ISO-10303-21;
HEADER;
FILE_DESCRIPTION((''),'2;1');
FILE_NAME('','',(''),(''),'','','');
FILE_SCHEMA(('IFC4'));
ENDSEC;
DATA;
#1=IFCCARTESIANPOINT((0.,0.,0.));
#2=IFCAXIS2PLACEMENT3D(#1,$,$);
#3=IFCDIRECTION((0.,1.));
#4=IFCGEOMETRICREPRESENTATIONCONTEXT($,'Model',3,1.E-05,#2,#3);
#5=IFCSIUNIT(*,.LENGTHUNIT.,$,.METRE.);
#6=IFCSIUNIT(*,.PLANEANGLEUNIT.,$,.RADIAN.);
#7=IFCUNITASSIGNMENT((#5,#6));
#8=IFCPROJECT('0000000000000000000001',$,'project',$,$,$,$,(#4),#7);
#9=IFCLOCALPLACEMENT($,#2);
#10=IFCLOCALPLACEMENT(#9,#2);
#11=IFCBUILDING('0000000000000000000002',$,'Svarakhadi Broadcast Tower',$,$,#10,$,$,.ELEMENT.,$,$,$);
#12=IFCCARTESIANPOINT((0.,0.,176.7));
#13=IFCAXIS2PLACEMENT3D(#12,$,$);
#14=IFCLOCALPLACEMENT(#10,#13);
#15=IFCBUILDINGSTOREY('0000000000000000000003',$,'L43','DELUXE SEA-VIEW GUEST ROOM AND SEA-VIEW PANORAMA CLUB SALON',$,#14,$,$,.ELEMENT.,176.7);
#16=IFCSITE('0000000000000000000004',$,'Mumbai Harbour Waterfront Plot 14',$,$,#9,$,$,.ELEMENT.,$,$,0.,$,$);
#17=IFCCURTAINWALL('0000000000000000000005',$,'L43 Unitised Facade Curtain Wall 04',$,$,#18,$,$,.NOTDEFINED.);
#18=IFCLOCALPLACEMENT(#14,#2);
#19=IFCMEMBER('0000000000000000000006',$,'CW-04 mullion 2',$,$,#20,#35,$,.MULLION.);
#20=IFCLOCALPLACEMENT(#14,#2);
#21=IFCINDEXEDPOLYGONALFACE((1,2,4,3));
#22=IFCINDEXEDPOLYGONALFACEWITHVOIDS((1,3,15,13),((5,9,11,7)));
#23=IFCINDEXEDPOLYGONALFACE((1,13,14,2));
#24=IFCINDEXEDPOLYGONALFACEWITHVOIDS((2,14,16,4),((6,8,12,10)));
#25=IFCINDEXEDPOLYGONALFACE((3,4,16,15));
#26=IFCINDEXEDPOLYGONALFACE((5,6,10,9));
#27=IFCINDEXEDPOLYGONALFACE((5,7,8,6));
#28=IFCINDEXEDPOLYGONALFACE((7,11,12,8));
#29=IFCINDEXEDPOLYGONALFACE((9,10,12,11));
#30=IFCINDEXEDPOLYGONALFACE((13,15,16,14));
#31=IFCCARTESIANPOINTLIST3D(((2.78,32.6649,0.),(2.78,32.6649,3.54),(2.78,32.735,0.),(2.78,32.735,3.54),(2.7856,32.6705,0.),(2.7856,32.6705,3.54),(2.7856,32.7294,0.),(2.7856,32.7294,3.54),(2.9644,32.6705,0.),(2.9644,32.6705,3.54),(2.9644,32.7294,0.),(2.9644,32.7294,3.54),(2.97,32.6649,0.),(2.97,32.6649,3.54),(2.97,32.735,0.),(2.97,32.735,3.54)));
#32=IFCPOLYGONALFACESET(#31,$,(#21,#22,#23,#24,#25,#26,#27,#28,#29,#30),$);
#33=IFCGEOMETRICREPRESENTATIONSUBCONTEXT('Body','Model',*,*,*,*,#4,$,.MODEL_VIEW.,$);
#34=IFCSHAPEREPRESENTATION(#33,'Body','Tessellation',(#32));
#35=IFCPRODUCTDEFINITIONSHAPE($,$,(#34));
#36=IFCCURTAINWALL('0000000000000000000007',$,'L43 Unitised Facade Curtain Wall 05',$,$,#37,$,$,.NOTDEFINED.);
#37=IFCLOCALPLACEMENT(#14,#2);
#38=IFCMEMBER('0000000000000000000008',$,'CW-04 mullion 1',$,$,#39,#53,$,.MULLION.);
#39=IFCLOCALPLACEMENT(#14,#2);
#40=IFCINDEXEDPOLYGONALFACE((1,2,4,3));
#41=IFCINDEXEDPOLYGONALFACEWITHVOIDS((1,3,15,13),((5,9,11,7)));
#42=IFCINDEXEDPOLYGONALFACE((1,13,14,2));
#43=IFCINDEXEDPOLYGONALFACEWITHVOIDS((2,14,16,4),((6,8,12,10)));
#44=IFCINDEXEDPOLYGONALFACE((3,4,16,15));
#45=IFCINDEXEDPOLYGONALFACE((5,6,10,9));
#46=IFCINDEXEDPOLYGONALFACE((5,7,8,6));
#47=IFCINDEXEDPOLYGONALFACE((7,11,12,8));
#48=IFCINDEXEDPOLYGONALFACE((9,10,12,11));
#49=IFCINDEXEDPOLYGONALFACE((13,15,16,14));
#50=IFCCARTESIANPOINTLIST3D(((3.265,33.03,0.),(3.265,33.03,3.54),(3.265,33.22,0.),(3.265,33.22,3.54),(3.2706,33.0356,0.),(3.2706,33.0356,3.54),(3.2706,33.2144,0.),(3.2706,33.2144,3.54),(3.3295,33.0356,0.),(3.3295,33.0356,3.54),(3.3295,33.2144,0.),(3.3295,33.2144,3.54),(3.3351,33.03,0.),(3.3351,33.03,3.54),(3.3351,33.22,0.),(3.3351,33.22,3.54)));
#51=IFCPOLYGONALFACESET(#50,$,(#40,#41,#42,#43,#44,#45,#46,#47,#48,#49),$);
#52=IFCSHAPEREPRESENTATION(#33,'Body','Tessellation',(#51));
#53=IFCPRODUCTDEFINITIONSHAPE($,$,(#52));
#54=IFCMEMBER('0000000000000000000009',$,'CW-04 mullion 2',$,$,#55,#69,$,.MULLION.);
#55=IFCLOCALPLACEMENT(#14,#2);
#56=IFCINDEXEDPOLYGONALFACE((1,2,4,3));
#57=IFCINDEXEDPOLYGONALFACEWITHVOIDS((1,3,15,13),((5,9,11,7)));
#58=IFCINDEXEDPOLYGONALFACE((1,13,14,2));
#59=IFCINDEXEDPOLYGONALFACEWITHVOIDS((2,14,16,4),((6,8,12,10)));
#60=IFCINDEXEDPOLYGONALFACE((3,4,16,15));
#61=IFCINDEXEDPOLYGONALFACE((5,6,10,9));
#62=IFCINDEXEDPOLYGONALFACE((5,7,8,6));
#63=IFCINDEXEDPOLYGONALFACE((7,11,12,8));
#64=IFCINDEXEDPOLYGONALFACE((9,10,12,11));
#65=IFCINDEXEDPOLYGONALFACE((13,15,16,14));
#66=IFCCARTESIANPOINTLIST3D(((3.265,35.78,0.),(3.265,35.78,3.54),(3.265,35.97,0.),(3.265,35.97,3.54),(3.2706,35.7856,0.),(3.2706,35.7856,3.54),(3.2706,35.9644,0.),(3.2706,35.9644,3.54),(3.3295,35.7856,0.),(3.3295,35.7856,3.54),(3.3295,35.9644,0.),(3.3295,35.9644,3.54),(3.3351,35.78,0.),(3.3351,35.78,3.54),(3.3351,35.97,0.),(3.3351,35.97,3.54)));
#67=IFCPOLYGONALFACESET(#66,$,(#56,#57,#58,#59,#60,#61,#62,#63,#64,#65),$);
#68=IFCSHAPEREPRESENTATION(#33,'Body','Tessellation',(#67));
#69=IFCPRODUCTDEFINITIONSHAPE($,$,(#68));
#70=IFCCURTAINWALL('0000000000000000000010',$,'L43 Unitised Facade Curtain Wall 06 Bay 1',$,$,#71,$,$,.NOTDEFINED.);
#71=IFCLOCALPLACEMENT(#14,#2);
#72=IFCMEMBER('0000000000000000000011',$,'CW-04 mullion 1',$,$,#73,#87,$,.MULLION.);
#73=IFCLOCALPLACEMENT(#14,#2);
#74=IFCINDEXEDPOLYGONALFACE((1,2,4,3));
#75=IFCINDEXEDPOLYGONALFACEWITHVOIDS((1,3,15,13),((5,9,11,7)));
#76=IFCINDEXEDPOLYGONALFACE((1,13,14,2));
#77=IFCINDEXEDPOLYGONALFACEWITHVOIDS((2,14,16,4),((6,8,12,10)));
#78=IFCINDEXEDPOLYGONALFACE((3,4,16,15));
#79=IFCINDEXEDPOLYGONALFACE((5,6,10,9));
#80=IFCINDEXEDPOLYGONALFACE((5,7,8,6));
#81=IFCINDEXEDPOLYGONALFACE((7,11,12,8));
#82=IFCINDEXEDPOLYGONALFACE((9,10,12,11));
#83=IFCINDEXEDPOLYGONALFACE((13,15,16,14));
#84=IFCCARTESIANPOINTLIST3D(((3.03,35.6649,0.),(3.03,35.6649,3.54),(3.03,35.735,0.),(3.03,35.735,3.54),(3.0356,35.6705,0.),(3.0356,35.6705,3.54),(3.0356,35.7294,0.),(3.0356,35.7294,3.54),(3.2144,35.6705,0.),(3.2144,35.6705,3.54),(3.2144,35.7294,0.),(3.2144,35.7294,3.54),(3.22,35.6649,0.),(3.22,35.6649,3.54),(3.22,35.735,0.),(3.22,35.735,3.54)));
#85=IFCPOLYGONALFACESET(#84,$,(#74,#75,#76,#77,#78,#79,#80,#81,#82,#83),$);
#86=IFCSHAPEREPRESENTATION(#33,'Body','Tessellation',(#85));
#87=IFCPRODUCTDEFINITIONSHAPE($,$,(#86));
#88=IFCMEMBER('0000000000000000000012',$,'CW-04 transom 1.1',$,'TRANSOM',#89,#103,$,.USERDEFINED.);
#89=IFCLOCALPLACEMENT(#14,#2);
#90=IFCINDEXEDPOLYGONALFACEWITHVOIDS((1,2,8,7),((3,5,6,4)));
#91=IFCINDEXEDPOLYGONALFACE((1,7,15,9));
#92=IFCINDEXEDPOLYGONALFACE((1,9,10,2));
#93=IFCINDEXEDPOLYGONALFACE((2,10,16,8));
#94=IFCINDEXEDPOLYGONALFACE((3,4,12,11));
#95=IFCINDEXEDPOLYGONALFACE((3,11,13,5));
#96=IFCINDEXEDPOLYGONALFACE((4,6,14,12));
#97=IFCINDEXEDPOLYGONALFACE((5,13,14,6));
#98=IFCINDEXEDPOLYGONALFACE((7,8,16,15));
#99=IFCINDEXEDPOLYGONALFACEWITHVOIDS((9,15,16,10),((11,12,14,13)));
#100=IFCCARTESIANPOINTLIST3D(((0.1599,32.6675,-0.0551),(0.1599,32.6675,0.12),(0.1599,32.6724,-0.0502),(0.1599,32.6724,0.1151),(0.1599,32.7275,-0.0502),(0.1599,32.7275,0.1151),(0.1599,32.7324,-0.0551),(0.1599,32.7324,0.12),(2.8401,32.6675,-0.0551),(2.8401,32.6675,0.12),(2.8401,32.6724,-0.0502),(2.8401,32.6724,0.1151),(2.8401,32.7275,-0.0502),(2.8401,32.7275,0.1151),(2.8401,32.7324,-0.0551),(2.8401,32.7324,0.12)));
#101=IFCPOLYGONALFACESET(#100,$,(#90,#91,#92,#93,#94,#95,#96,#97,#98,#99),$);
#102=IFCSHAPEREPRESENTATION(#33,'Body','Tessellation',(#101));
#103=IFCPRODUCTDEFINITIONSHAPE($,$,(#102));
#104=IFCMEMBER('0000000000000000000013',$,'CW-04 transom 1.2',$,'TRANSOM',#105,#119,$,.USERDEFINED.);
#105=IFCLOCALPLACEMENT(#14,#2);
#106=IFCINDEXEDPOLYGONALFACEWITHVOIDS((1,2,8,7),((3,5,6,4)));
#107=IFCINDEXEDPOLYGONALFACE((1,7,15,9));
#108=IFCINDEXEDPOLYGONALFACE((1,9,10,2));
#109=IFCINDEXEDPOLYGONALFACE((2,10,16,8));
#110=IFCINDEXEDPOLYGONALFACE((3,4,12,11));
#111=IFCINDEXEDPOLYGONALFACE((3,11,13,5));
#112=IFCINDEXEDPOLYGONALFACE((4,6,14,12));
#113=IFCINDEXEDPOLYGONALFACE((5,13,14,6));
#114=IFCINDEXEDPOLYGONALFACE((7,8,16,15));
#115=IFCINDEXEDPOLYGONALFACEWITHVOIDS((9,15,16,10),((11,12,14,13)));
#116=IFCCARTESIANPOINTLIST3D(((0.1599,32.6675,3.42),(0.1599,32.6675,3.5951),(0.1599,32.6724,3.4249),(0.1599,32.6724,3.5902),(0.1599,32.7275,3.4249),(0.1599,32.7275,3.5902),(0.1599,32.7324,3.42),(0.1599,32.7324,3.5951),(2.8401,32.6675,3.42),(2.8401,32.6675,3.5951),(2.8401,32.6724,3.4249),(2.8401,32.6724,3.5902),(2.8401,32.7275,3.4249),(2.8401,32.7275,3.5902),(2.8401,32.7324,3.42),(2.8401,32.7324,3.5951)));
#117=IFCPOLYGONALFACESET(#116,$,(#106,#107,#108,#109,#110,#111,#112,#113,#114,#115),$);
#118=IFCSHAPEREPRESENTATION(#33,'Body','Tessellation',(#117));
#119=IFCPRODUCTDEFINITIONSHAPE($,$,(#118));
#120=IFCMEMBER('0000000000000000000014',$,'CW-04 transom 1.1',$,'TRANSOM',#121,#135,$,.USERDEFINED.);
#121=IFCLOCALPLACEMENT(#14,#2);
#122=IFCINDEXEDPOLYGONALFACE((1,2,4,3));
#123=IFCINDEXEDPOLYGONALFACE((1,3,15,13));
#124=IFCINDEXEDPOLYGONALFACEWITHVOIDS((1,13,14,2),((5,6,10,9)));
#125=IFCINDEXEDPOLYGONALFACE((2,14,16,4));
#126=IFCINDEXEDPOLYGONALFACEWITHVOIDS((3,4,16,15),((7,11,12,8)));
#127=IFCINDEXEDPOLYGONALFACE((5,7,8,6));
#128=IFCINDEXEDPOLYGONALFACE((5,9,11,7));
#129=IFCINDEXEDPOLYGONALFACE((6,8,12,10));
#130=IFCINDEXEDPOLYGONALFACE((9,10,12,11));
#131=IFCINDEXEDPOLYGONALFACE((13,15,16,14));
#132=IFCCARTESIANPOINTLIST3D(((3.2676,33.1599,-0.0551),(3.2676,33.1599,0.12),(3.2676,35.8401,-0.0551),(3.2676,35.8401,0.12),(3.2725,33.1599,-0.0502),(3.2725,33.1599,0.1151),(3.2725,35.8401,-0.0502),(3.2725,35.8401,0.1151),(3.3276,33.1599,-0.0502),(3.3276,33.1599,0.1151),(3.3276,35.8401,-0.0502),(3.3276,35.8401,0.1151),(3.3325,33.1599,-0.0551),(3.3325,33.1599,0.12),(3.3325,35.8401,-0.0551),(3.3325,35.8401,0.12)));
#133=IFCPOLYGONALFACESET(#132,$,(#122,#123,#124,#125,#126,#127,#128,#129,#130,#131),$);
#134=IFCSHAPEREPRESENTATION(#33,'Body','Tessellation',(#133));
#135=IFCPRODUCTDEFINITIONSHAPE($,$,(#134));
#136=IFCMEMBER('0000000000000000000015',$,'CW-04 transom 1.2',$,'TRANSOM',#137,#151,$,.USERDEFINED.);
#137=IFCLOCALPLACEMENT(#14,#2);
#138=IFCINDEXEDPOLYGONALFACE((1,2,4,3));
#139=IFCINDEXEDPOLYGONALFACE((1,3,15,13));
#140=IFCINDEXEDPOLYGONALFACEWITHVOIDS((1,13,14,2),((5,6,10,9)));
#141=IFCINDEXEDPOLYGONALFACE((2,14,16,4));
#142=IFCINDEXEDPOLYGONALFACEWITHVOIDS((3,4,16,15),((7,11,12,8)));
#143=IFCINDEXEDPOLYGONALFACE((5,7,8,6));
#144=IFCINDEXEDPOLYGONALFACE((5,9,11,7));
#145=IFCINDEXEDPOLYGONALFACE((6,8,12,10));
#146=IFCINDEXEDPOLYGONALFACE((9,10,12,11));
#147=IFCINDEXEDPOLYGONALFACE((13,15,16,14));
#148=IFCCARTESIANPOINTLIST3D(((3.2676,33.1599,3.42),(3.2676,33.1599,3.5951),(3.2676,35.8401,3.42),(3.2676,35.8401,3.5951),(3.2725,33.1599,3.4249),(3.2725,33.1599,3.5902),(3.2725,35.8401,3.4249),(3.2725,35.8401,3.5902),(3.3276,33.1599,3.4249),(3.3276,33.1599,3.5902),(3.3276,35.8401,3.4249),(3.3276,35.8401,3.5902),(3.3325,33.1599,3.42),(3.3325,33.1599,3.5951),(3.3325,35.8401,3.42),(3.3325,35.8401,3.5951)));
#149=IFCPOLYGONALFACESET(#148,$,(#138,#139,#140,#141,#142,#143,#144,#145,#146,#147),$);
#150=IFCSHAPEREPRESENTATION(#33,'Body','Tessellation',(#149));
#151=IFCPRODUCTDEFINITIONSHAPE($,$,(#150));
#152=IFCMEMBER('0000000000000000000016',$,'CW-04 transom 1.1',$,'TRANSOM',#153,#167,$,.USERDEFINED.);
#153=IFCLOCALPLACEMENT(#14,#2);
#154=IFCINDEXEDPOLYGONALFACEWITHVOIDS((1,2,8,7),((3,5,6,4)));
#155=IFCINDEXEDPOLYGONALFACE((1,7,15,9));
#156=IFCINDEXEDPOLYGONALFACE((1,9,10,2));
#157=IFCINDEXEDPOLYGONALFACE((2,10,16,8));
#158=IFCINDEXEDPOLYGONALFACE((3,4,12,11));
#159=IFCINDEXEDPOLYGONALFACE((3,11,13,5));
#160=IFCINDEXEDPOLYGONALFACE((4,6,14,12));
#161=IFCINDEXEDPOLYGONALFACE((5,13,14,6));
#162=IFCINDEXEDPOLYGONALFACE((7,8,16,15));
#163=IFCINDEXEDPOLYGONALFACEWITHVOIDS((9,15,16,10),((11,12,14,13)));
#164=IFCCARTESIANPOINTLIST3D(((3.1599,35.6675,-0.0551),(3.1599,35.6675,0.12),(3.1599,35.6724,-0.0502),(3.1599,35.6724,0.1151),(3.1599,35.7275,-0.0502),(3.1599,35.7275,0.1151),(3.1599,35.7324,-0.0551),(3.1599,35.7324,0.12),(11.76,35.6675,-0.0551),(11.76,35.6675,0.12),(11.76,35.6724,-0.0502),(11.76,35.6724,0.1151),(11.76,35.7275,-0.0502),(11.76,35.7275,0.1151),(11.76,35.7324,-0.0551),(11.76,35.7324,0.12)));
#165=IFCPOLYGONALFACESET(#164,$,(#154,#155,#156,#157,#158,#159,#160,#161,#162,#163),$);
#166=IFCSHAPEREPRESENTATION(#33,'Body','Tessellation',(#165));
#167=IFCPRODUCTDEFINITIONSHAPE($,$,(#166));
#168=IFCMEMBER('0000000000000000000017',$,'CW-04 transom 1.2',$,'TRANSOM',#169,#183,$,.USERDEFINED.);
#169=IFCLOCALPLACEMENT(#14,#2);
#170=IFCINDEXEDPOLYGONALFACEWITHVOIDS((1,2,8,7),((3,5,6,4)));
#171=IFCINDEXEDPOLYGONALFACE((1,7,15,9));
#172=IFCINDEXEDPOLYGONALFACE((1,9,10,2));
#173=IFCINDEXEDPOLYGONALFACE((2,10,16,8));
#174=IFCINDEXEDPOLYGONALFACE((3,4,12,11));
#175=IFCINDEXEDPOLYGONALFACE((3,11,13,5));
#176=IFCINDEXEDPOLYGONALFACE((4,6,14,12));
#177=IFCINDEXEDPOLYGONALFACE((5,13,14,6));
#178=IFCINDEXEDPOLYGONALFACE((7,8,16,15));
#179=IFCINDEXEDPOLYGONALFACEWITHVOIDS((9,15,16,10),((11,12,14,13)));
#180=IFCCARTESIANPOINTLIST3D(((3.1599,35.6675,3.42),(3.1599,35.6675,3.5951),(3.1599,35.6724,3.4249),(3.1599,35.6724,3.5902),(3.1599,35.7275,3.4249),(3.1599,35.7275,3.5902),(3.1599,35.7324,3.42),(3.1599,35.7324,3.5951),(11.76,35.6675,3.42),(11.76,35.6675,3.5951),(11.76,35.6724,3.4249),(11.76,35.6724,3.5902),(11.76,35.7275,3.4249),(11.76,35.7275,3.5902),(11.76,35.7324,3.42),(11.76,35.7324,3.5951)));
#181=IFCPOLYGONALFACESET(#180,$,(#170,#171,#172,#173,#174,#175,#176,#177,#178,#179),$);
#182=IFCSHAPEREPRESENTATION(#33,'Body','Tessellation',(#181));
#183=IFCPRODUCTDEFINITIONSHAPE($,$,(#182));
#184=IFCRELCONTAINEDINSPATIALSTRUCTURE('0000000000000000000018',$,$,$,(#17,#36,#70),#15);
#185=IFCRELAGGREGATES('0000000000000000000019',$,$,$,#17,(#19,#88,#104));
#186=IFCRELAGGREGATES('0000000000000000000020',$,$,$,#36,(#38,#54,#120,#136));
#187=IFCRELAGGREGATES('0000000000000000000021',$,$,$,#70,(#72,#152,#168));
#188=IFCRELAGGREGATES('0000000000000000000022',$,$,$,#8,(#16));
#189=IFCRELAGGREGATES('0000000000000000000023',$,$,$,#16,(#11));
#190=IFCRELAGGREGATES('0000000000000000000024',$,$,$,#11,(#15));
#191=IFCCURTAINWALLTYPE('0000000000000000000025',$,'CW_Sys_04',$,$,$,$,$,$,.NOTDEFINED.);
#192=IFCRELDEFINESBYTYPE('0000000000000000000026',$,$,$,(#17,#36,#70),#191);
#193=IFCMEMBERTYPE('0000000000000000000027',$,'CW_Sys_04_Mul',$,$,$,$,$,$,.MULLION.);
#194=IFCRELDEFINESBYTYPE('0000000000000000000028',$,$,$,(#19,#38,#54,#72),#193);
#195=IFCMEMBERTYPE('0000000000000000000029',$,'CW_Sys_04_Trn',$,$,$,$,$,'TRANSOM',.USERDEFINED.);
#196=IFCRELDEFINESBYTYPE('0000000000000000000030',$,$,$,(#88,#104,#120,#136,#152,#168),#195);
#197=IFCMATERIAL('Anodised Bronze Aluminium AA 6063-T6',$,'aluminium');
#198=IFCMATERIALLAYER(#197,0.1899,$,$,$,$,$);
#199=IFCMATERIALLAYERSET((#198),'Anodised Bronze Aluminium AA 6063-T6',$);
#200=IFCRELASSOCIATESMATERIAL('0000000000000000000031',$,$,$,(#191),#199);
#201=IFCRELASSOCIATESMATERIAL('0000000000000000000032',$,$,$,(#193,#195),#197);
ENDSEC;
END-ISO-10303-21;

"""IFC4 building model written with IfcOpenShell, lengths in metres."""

from ifc_helpers import new_model, si_unit, direction, frame, origin, origin_2d, place, context, subcontext, project, spatial, hollow_rectangle, extrude, material, layer, layer_set, material_profile, profile_set, type_object, element, aggregate, save


model = new_model("IFC4")

# Units and contexts
model_context = context("Model", 3, precision=1e-05, world=origin(), true_north=direction((0.0, 1.0)))
body_context = subcontext(model_context, "Body", "Model", "MODEL_VIEW")
ifc_project = project(units=[si_unit("LENGTHUNIT", "METRE"), si_unit("PLANEANGLEUNIT", "RADIAN")], contexts=[model_context])

# Site, building, storey
site_placement = place(None, origin())
site = spatial("IfcSite", under=ifc_project, at=site_placement, Name="Mumbai Harbour Waterfront Plot 14", CompositionType="ELEMENT", RefElevation=0.0)
building_placement = place(site_placement, origin())
building = spatial("IfcBuilding", under=site, at=building_placement, Name="Svarakhadi Broadcast Tower", CompositionType="ELEMENT")
storey_placement = place(building_placement, frame((0.0, 0.0, 176.7)))
storey = spatial("IfcBuildingStorey", under=building, at=storey_placement, Name="L43", Description="DELUXE SEA-VIEW GUEST ROOM AND SEA-VIEW PANORAMA CLUB SALON", CompositionType="ELEMENT", Elevation=176.7)

# Shared definitions
ifc_material_1 = material(Name="Anodised Bronze Aluminium AA 6063-T6", Category="aluminium")
ifc_layer_1 = layer(ifc_material_1, 0.1899)
ifc_layer_set_1 = layer_set([ifc_layer_1], Name="Anodised Bronze Aluminium AA 6063-T6")
curtain_wall_type = type_object("IfcCurtainWallType", Name="CW_Sys_04", PredefinedType="NOTDEFINED", material=ifc_layer_set_1)
ifc_material_profile_1 = material_profile(ifc_material_1, hollow_rectangle(XDim=0.0701, YDim=0.1899, WallThickness=0.0056, at=origin_2d()), Name="ALU MULLION 190x70x6")
ifc_profile_set_1 = profile_set([ifc_material_profile_1], Name="Anodised Bronze Aluminium AA 6063-T6")
member_type_1 = type_object("IfcMemberType", Name="CW_Sys_04_Mul", PredefinedType="MULLION", material=ifc_profile_set_1)

# Curtain walls, members
curtain_wall_1_placement = place(storey_placement, origin())
curtain_wall_1 = element("IfcCurtainWall", 1, at=curtain_wall_1_placement, inside=storey, type_object=curtain_wall_type, Name="L43 Unitised Facade Curtain Wall 04", PredefinedType="NOTDEFINED")
member_1_placement = place(storey_placement, frame((2.875, 32.7, 0.0), z_axis=(0.0, 0.0, 1.0), x_axis=(0.0, 1.0, 0.0)))
member_1 = element("IfcMember", 2, at=member_1_placement, type_object=member_type_1, Name="CW-04 mullion 2", PredefinedType="MULLION", context=body_context, shape_type="SweptSolid", body=[
    extrude(hollow_rectangle(XDim=0.0701, YDim=0.1899, WallThickness=0.0056, at=origin_2d()), origin(), (0.0, 0.0, 1.0), 3.54),
])
curtain_wall_2_placement = place(storey_placement, origin())
curtain_wall_2 = element("IfcCurtainWall", 3, at=curtain_wall_2_placement, inside=storey, type_object=curtain_wall_type, Name="L43 Unitised Facade Curtain Wall 05", PredefinedType="NOTDEFINED")
member_2_placement = place(storey_placement, frame((3.3, 33.125, 0.0), z_axis=(0.0, 0.0, 1.0), x_axis=(-1.0, 0.0, 0.0)))
member_2 = element("IfcMember", 4, at=member_2_placement, type_object=member_type_1, Name="CW-04 mullion 1", PredefinedType="MULLION", context=body_context, shape_type="SweptSolid", body=[
    extrude(hollow_rectangle(XDim=0.0701, YDim=0.1899, WallThickness=0.0056, at=origin_2d()), origin(), (0.0, 0.0, 1.0), 3.54),
])
member_3_placement = place(storey_placement, frame((3.3, 35.875, 0.0), z_axis=(0.0, 0.0, 1.0), x_axis=(-1.0, 0.0, 0.0)))
member_3 = element("IfcMember", 5, at=member_3_placement, type_object=member_type_1, Name="CW-04 mullion 2", PredefinedType="MULLION", context=body_context, shape_type="SweptSolid", body=[
    extrude(hollow_rectangle(XDim=0.0701, YDim=0.1899, WallThickness=0.0056, at=origin_2d()), origin(), (0.0, 0.0, 1.0), 3.54),
])

# Curtain wall, member
curtain_wall_3_placement = place(storey_placement, origin())
curtain_wall_3 = element("IfcCurtainWall", 6, at=curtain_wall_3_placement, inside=storey, type_object=curtain_wall_type, Name="L43 Unitised Facade Curtain Wall 06 Bay 1", PredefinedType="NOTDEFINED")
member_4_placement = place(storey_placement, frame((3.125, 35.7, 0.0), z_axis=(0.0, 0.0, 1.0), x_axis=(0.0, 1.0, 0.0)))
member_4 = element("IfcMember", 7, at=member_4_placement, type_object=member_type_1, Name="CW-04 mullion 1", PredefinedType="MULLION", context=body_context, shape_type="SweptSolid", body=[
    extrude(hollow_rectangle(XDim=0.0701, YDim=0.1899, WallThickness=0.0056, at=origin_2d()), origin(), (0.0, 0.0, 1.0), 3.54),
])

# Members
ifc_material_profile_2 = material_profile(ifc_material_1, hollow_rectangle(XDim=0.0649, YDim=0.175, WallThickness=0.0049, at=origin_2d()), Name="ALU TRANSOM 175x65x5")
ifc_profile_set_2 = profile_set([ifc_material_profile_2], Name="Anodised Bronze Aluminium AA 6063-T6")
member_type_2 = type_object("IfcMemberType", Name="CW_Sys_04_Trn", ElementType="TRANSOM", PredefinedType="USERDEFINED", material=ifc_profile_set_2)
member_5_placement = place(storey_placement, frame((0.1599, 32.7, 0.0325), z_axis=(1.0, 0.0, 0.0), x_axis=(0.0, 1.0, 0.0)))
member_5 = element("IfcMember", 8, at=member_5_placement, type_object=member_type_2, Name="CW-04 transom 1.1", ObjectType="TRANSOM", PredefinedType="USERDEFINED", context=body_context, shape_type="SweptSolid", body=[
    extrude(hollow_rectangle(XDim=0.0649, YDim=0.175, WallThickness=0.0049, at=origin_2d()), origin(), (0.0, 0.0, 1.0), 2.6802),
])
member_6_placement = place(storey_placement, frame((0.1599, 32.7, 3.5076), z_axis=(1.0, 0.0, 0.0), x_axis=(0.0, 1.0, 0.0)))
member_6 = element("IfcMember", 9, at=member_6_placement, type_object=member_type_2, Name="CW-04 transom 1.2", ObjectType="TRANSOM", PredefinedType="USERDEFINED", context=body_context, shape_type="SweptSolid", body=[
    extrude(hollow_rectangle(XDim=0.0649, YDim=0.175, WallThickness=0.0049, at=origin_2d()), origin(), (0.0, 0.0, 1.0), 2.6802),
])
member_7_placement = place(storey_placement, frame((3.3, 33.1599, 0.0325), z_axis=(0.0, 1.0, 0.0), x_axis=(-1.0, 0.0, 0.0)))
member_7 = element("IfcMember", 10, at=member_7_placement, type_object=member_type_2, Name="CW-04 transom 1.1", ObjectType="TRANSOM", PredefinedType="USERDEFINED", context=body_context, shape_type="SweptSolid", body=[
    extrude(hollow_rectangle(XDim=0.0649, YDim=0.175, WallThickness=0.0049, at=origin_2d()), origin(), (0.0, 0.0, 1.0), 2.6802),
])
member_8_placement = place(storey_placement, frame((3.3, 33.1599, 3.5076), z_axis=(0.0, 1.0, 0.0), x_axis=(-1.0, 0.0, 0.0)))
member_8 = element("IfcMember", 11, at=member_8_placement, type_object=member_type_2, Name="CW-04 transom 1.2", ObjectType="TRANSOM", PredefinedType="USERDEFINED", context=body_context, shape_type="SweptSolid", body=[
    extrude(hollow_rectangle(XDim=0.0649, YDim=0.175, WallThickness=0.0049, at=origin_2d()), origin(), (0.0, 0.0, 1.0), 2.6802),
])
member_9_placement = place(storey_placement, frame((3.1599, 35.7, 0.0325), z_axis=(1.0, 0.0, 0.0), x_axis=(0.0, 1.0, 0.0)))
member_9 = element("IfcMember", 12, at=member_9_placement, type_object=member_type_2, Name="CW-04 transom 1.1", ObjectType="TRANSOM", PredefinedType="USERDEFINED", context=body_context, shape_type="SweptSolid", body=[
    extrude(hollow_rectangle(XDim=0.0649, YDim=0.175, WallThickness=0.0049, at=origin_2d()), origin(), (0.0, 0.0, 1.0), 8.6001),
])
member_10_placement = place(storey_placement, frame((3.1599, 35.7, 3.5076), z_axis=(1.0, 0.0, 0.0), x_axis=(0.0, 1.0, 0.0)))
member_10 = element("IfcMember", 13, at=member_10_placement, type_object=member_type_2, Name="CW-04 transom 1.2", ObjectType="TRANSOM", PredefinedType="USERDEFINED", context=body_context, shape_type="SweptSolid", body=[
    extrude(hollow_rectangle(XDim=0.0649, YDim=0.175, WallThickness=0.0049, at=origin_2d()), origin(), (0.0, 0.0, 1.0), 8.6001),
])

aggregate(curtain_wall_1, [member_1, member_5, member_6])
aggregate(curtain_wall_2, [member_2, member_3, member_7, member_8])
aggregate(curtain_wall_3, [member_4, member_9, member_10])

save(model, "model.ifc")
